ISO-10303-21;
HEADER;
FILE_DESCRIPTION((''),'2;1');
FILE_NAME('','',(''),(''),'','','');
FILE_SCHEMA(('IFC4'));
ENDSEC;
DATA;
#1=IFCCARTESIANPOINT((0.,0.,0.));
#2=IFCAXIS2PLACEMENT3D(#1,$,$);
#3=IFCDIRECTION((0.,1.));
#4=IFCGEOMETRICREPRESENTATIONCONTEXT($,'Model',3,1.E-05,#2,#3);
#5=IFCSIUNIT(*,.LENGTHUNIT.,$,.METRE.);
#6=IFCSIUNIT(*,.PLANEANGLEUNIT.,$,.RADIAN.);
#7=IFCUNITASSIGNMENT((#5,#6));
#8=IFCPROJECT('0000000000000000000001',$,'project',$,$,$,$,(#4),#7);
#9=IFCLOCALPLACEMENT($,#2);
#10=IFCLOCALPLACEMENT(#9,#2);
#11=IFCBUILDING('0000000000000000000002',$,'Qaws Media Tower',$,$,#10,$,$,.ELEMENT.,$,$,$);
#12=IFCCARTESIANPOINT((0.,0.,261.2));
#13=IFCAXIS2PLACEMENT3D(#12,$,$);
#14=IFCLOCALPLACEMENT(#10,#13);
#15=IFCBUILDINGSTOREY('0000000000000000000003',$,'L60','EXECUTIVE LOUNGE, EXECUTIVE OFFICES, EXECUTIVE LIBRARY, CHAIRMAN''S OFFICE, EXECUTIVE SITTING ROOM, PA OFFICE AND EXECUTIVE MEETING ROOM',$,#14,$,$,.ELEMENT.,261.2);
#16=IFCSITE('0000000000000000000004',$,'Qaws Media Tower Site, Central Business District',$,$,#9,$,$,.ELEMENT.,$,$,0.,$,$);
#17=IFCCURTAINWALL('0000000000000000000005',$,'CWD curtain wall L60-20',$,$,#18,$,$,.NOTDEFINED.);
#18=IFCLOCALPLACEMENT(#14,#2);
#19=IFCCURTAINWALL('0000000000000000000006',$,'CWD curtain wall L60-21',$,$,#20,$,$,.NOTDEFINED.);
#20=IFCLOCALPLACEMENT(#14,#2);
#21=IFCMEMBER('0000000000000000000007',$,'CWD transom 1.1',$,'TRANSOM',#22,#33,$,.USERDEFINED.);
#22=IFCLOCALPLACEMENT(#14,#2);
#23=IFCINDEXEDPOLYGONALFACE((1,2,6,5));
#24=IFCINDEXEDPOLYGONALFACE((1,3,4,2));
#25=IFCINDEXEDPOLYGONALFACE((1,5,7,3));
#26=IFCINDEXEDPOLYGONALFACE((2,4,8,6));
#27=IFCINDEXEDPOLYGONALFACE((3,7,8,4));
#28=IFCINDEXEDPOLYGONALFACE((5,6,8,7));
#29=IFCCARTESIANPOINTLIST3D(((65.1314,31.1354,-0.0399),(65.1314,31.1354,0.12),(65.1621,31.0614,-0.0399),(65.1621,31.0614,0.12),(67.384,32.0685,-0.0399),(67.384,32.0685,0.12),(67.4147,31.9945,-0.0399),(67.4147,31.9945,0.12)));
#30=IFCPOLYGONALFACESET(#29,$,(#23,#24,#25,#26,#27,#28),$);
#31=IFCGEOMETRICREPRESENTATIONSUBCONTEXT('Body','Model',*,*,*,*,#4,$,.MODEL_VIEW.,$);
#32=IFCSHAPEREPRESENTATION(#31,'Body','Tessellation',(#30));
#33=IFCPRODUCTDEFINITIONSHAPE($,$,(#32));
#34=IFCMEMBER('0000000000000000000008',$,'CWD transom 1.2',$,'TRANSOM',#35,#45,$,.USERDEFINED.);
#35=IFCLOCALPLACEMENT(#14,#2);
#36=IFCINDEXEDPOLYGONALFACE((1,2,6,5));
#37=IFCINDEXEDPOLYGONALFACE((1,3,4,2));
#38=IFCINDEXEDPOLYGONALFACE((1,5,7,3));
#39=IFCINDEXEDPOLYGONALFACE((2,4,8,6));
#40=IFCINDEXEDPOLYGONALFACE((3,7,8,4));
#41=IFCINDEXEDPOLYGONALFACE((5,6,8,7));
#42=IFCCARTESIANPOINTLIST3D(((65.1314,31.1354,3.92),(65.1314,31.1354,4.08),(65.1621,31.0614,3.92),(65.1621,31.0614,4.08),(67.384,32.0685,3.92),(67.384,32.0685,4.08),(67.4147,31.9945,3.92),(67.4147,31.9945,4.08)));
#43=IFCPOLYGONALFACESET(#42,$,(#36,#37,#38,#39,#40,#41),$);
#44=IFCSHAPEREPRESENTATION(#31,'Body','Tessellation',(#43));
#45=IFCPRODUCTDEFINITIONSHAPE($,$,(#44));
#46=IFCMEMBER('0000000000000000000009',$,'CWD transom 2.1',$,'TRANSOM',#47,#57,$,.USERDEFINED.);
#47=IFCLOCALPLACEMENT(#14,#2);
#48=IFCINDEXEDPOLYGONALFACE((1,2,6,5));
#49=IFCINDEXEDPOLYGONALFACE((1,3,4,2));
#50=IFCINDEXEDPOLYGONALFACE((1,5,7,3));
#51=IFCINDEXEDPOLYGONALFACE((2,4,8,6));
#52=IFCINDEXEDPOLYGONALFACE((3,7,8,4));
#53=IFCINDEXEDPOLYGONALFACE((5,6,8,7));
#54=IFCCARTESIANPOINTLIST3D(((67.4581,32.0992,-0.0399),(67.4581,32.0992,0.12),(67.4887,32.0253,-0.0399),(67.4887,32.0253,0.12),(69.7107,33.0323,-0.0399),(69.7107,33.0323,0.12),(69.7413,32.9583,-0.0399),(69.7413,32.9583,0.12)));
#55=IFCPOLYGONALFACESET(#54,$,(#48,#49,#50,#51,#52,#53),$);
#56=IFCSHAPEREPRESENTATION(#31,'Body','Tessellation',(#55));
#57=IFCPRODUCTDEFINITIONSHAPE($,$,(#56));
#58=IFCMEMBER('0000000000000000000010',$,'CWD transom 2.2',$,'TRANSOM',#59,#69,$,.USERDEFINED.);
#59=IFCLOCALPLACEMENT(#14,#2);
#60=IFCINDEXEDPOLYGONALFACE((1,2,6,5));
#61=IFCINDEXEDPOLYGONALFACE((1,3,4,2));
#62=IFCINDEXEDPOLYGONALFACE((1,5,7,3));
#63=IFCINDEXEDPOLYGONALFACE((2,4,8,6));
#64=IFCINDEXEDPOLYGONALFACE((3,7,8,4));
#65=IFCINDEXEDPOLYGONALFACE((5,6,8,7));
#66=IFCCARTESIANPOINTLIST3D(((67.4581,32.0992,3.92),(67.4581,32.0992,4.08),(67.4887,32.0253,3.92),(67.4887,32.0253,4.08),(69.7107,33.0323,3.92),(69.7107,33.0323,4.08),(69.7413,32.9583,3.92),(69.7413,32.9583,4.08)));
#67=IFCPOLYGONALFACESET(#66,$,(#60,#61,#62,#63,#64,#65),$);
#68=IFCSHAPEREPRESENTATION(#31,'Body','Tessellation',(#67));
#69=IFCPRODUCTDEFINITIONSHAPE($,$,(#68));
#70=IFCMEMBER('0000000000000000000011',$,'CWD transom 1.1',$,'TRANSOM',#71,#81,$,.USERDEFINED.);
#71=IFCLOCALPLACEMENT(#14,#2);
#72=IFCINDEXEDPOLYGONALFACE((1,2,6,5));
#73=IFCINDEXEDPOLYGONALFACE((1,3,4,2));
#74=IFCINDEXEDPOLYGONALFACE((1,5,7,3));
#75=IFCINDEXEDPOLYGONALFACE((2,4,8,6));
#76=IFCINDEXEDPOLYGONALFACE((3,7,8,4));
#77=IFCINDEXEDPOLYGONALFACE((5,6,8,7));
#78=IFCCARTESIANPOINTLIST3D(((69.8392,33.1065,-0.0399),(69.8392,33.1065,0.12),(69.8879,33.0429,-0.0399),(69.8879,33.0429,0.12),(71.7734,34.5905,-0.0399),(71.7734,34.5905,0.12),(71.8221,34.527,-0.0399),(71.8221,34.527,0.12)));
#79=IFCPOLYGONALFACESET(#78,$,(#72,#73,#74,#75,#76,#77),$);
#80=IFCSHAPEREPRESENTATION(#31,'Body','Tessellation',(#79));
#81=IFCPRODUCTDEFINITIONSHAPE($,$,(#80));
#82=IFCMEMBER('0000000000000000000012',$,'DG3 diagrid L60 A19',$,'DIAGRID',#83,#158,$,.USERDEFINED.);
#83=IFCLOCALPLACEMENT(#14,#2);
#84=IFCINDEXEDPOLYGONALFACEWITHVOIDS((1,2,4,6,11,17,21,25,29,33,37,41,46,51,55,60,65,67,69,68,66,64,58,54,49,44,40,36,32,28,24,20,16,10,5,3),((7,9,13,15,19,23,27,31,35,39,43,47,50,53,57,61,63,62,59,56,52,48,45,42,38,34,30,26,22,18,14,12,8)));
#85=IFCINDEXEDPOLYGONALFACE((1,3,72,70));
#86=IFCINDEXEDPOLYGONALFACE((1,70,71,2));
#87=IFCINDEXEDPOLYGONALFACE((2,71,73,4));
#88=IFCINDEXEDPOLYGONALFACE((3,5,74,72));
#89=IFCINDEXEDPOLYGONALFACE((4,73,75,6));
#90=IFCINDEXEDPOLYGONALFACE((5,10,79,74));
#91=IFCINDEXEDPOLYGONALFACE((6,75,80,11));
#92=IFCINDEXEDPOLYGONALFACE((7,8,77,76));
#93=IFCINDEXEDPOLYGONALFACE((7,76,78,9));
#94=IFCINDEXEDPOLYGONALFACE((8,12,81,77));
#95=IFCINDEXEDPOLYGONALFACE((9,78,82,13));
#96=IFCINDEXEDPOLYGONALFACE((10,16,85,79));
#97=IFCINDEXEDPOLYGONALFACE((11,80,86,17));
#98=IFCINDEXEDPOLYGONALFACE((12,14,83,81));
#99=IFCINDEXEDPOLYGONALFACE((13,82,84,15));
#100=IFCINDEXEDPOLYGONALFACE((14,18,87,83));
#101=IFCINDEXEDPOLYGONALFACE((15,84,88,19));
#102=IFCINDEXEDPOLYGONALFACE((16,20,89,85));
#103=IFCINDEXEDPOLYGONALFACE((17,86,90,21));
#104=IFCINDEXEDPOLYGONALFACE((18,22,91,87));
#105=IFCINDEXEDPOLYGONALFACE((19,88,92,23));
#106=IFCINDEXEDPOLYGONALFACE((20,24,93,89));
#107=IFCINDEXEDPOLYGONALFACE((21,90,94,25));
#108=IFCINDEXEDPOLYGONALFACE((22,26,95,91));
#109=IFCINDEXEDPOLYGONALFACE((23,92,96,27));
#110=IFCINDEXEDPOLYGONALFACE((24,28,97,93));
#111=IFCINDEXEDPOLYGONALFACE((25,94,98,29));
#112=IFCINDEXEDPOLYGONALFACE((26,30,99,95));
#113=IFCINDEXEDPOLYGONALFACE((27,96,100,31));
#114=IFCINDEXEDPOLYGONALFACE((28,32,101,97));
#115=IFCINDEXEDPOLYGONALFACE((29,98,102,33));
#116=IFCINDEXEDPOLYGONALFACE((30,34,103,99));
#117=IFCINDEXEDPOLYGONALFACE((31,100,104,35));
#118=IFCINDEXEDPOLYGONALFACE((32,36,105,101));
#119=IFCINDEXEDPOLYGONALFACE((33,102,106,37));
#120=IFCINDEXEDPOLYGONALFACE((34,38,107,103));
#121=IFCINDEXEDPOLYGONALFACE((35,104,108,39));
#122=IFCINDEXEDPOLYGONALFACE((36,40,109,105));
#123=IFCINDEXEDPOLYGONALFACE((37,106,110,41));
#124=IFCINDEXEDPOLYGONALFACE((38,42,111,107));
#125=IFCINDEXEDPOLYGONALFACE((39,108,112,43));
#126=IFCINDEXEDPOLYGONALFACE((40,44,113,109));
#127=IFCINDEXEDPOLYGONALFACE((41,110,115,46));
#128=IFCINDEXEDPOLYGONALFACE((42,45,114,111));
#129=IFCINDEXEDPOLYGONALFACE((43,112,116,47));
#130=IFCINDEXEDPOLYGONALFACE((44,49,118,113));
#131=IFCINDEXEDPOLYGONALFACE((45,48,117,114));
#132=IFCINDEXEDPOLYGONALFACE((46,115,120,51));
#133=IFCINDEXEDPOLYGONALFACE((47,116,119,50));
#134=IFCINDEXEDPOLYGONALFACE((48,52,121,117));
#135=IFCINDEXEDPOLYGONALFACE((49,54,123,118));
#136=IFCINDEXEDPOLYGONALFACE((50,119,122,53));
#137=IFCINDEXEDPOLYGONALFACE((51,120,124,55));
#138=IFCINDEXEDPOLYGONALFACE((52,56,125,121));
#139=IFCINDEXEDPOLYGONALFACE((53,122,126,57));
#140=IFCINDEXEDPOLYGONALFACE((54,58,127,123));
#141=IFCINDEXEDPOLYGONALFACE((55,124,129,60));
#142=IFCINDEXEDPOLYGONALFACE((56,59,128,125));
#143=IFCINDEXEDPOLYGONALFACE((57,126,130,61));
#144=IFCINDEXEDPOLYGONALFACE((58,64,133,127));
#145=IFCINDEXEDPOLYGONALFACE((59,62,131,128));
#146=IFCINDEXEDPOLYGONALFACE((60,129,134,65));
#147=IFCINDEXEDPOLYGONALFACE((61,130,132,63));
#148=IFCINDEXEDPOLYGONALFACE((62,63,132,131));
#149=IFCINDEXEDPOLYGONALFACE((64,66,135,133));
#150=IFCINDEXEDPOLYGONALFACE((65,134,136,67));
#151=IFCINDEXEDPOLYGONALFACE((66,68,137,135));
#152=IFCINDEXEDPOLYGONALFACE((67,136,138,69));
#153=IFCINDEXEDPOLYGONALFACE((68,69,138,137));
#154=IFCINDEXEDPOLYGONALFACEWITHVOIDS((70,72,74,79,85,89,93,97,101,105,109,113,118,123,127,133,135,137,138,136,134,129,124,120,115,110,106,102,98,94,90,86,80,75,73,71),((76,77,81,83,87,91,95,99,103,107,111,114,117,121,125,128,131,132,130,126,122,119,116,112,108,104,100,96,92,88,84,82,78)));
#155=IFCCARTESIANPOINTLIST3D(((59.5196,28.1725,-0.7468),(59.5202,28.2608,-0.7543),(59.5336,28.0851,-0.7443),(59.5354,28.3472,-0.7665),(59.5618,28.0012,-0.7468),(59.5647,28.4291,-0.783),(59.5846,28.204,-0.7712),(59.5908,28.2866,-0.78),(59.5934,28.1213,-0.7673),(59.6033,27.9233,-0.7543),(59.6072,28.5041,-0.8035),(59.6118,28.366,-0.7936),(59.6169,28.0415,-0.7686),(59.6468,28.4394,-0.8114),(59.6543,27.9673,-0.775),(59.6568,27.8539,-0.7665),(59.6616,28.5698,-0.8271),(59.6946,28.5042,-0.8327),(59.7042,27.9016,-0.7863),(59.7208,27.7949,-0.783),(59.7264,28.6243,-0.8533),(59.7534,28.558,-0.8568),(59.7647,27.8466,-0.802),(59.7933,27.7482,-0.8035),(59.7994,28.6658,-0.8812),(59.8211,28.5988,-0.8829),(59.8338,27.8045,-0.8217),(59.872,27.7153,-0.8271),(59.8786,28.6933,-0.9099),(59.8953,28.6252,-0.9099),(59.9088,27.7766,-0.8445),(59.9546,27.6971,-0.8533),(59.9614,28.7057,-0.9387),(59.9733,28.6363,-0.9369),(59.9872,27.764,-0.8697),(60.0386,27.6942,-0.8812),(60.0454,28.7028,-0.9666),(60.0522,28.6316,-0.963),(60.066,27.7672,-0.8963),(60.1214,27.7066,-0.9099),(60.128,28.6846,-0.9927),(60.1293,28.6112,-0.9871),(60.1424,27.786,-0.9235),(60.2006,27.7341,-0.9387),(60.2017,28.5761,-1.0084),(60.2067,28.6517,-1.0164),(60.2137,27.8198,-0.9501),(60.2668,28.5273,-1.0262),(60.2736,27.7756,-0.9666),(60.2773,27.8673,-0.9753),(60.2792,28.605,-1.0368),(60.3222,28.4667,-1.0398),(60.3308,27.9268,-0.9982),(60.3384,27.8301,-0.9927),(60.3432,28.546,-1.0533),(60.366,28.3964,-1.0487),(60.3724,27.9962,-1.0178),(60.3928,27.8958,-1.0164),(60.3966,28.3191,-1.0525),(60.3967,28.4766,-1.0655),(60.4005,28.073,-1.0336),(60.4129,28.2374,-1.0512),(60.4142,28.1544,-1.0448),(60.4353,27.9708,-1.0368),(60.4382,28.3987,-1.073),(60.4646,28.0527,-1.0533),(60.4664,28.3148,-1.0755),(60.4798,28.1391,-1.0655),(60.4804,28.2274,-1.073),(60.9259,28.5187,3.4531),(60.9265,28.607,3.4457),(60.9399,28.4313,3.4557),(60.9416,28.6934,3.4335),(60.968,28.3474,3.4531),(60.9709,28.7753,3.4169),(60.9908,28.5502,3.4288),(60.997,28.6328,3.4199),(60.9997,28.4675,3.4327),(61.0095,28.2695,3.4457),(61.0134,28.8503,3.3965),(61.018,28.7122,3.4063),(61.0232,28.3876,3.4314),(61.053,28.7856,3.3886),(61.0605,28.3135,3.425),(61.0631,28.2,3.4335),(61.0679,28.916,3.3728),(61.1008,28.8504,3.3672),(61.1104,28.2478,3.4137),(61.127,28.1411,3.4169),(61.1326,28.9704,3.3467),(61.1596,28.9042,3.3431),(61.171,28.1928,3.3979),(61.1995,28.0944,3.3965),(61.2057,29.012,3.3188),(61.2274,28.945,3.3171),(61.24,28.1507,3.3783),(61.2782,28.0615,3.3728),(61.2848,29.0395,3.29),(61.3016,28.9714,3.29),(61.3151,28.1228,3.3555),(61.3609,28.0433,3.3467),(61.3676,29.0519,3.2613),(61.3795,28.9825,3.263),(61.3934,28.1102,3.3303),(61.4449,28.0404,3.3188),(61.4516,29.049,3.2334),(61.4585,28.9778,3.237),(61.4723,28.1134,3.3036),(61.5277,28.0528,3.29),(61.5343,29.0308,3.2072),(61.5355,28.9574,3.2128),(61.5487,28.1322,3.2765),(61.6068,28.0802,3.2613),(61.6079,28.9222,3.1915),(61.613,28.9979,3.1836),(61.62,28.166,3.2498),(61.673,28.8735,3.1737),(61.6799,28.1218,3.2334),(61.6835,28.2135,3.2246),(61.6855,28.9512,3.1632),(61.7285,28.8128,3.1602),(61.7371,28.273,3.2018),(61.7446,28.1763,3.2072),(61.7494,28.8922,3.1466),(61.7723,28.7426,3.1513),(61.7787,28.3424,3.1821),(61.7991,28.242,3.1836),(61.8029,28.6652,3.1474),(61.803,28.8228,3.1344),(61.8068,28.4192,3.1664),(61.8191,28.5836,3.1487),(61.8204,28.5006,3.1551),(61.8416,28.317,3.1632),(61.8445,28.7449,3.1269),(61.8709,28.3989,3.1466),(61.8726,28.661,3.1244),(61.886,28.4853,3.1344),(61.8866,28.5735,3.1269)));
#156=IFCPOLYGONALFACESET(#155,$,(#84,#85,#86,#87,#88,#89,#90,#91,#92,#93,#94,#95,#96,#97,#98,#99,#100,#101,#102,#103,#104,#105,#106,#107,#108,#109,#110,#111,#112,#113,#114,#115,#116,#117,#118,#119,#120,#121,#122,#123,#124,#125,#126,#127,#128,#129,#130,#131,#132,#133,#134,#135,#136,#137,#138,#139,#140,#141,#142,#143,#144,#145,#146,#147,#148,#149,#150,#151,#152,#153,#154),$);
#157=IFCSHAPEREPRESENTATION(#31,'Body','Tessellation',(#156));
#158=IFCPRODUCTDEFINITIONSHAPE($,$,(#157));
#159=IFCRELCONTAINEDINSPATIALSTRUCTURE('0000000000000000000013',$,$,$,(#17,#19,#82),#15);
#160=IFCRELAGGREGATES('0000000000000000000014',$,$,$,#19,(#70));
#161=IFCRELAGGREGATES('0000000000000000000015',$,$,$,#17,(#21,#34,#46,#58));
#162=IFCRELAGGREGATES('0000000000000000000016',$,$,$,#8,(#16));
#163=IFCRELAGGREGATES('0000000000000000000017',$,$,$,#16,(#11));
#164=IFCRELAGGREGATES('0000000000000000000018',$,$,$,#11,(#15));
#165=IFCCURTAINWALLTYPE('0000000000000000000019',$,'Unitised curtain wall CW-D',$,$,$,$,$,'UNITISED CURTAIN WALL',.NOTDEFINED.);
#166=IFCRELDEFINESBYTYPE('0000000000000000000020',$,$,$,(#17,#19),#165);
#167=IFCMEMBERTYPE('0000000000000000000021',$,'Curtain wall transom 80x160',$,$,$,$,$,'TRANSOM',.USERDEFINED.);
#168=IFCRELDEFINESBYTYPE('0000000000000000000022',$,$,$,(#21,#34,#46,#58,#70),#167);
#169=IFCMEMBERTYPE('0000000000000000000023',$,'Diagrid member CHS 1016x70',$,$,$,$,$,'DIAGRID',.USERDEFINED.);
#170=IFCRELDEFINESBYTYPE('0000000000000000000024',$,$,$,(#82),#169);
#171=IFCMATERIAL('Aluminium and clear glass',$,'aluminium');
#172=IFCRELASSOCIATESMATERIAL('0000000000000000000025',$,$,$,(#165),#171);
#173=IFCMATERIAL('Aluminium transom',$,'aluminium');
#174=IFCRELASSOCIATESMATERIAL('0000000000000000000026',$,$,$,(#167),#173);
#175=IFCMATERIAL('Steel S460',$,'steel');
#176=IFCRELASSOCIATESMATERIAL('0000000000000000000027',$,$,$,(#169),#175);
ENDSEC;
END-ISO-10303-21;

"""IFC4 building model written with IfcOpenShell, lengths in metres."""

from ifc_helpers import new_model, si_unit, direction, frame, origin, origin_2d, place, context, subcontext, project, spatial, rectangle, hollow_circle, extrude, material, material_profile, profile_set, type_object, element, aggregate, save


model = new_model("IFC4")

# Units and contexts
model_context = context("Model", 3, precision=1e-05, world=origin(), true_north=direction((0.0, 1.0)))
body_context = subcontext(model_context, "Body", "Model", "MODEL_VIEW")
ifc_project = project(units=[si_unit("LENGTHUNIT", "METRE"), si_unit("PLANEANGLEUNIT", "RADIAN")], contexts=[model_context])

# Site, building, storey
site_placement = place(None, origin())
site = spatial("IfcSite", under=ifc_project, at=site_placement, Name="Qaws Media Tower Site, Central Business District", CompositionType="ELEMENT", RefElevation=0.0)
building_placement = place(site_placement, origin())
building = spatial("IfcBuilding", under=site, at=building_placement, Name="Qaws Media Tower", CompositionType="ELEMENT")
storey_placement = place(building_placement, frame((0.0, 0.0, 261.2)))
storey = spatial("IfcBuildingStorey", under=building, at=storey_placement, Name="L60", Description="EXECUTIVE LOUNGE, EXECUTIVE OFFICES, EXECUTIVE LIBRARY, CHAIRMAN'S OFFICE, EXECUTIVE SITTING ROOM, PA OFFICE AND EXECUTIVE MEETING ROOM", CompositionType="ELEMENT", Elevation=261.2)

# Curtain wall
ifc_material_1 = material(Name="Aluminium and clear glass", Category="aluminium")
curtain_wall_type = type_object("IfcCurtainWallType", Name="Unitised curtain wall CW-D", ElementType="UNITISED CURTAIN WALL", PredefinedType="NOTDEFINED", material=ifc_material_1)
curtain_wall_1_placement = place(storey_placement, origin())
curtain_wall_1 = element("IfcCurtainWall", 1, at=curtain_wall_1_placement, inside=storey, type_object=curtain_wall_type, Name="CWD curtain wall L60-20", PredefinedType="NOTDEFINED")

# Curtain wall
curtain_wall_2_placement = place(storey_placement, origin())
curtain_wall_2 = element("IfcCurtainWall", 2, at=curtain_wall_2_placement, inside=storey, type_object=curtain_wall_type, Name="CWD curtain wall L60-21", PredefinedType="NOTDEFINED")

# Members
ifc_material_2 = material(Name="Aluminium transom", Category="aluminium")
ifc_material_profile_1 = material_profile(ifc_material_2, rectangle(XDim=0.0801, YDim=0.1599, at=origin_2d()), Name="80x160")
ifc_profile_set_1 = profile_set([ifc_material_profile_1], Name="Aluminium transom")
member_type_1 = type_object("IfcMemberType", Name="Curtain wall transom 80x160", ElementType="TRANSOM", PredefinedType="USERDEFINED", material=ifc_profile_set_1)
member_1_placement = place(storey_placement, frame((65.1467, 31.0984, 0.04), z_axis=(0.923878, 0.382688, 0.0), x_axis=(-0.382688, 0.923878, 0.0)))
member_1 = element("IfcMember", 3, at=member_1_placement, type_object=member_type_1, Name="CWD transom 1.1", ObjectType="TRANSOM", PredefinedType="USERDEFINED", context=body_context, shape_type="SweptSolid", body=[
    extrude(rectangle(XDim=0.0801, YDim=0.1599, at=origin_2d()), origin(), (0.0, 0.0, 1.0), 2.4382),
])
member_2_placement = place(storey_placement, frame((65.1467, 31.0984, 4.0), z_axis=(0.923878, 0.382688, 0.0), x_axis=(-0.382688, 0.923878, 0.0)))
member_2 = element("IfcMember", 4, at=member_2_placement, type_object=member_type_1, Name="CWD transom 1.2", ObjectType="TRANSOM", PredefinedType="USERDEFINED", context=body_context, shape_type="SweptSolid", body=[
    extrude(rectangle(XDim=0.0801, YDim=0.1599, at=origin_2d()), origin(), (0.0, 0.0, 1.0), 2.4382),
])
member_3_placement = place(storey_placement, frame((67.4734, 32.0623, 0.04), z_axis=(0.923878, 0.382688, 0.0), x_axis=(-0.382688, 0.923878, 0.0)))
member_3 = element("IfcMember", 5, at=member_3_placement, type_object=member_type_1, Name="CWD transom 2.1", ObjectType="TRANSOM", PredefinedType="USERDEFINED", context=body_context, shape_type="SweptSolid", body=[
    extrude(rectangle(XDim=0.0801, YDim=0.1599, at=origin_2d()), origin(), (0.0, 0.0, 1.0), 2.4382),
])
member_4_placement = place(storey_placement, frame((67.4734, 32.0623, 4.0), z_axis=(0.923878, 0.382688, 0.0), x_axis=(-0.382688, 0.923878, 0.0)))
member_4 = element("IfcMember", 6, at=member_4_placement, type_object=member_type_1, Name="CWD transom 2.2", ObjectType="TRANSOM", PredefinedType="USERDEFINED", context=body_context, shape_type="SweptSolid", body=[
    extrude(rectangle(XDim=0.0801, YDim=0.1599, at=origin_2d()), origin(), (0.0, 0.0, 1.0), 2.4382),
])
member_5_placement = place(storey_placement, frame((69.8635, 33.0747, 0.04), z_axis=(0.793379, 0.608728, 0.0), x_axis=(-0.608728, 0.793379, 0.0)))
member_5 = element("IfcMember", 7, at=member_5_placement, type_object=member_type_1, Name="CWD transom 1.1", ObjectType="TRANSOM", PredefinedType="USERDEFINED", context=body_context, shape_type="SweptSolid", body=[
    extrude(rectangle(XDim=0.0801, YDim=0.1599, at=origin_2d()), origin(), (0.0, 0.0, 1.0), 2.438),
])
aggregate(curtain_wall_2, [member_5])

# Member
ifc_material_3 = material(Name="Steel S460", Category="steel")
ifc_material_profile_2 = material_profile(ifc_material_3, hollow_circle(Radius=0.5081, WallThickness=0.0701, at=origin_2d()), Name="CHS 1016x70")
ifc_profile_set_2 = profile_set([ifc_material_profile_2], Name="Steel S460")
member_type_2 = type_object("IfcMemberType", Name="Diagrid member CHS 1016x70", ElementType="DIAGRID", PredefinedType="USERDEFINED", material=ifc_profile_set_2)
for number, where, z_axis, x_axis, name in (
    (8, (60.0, 28.2, -0.9099), (0.316535, 0.077925, 0.945375), (-0.239044, 0.971009, 0.0), "DG3 diagrid L60 A19"),
):
    element("IfcMember", number, at=place(storey_placement, frame(where, z_axis=z_axis, x_axis=x_axis)), inside=storey, type_object=member_type_2, Name=name, ObjectType="DIAGRID", PredefinedType="USERDEFINED", context=body_context, shape_type="SweptSolid", body=[
        extrude(hollow_circle(Radius=0.5081, WallThickness=0.0701, at=origin_2d()), origin(), (0.0, 0.0, 1.0), 4.4426),
    ])

aggregate(curtain_wall_1, [member_1, member_2, member_3, member_4])

save(model, "model.ifc")
